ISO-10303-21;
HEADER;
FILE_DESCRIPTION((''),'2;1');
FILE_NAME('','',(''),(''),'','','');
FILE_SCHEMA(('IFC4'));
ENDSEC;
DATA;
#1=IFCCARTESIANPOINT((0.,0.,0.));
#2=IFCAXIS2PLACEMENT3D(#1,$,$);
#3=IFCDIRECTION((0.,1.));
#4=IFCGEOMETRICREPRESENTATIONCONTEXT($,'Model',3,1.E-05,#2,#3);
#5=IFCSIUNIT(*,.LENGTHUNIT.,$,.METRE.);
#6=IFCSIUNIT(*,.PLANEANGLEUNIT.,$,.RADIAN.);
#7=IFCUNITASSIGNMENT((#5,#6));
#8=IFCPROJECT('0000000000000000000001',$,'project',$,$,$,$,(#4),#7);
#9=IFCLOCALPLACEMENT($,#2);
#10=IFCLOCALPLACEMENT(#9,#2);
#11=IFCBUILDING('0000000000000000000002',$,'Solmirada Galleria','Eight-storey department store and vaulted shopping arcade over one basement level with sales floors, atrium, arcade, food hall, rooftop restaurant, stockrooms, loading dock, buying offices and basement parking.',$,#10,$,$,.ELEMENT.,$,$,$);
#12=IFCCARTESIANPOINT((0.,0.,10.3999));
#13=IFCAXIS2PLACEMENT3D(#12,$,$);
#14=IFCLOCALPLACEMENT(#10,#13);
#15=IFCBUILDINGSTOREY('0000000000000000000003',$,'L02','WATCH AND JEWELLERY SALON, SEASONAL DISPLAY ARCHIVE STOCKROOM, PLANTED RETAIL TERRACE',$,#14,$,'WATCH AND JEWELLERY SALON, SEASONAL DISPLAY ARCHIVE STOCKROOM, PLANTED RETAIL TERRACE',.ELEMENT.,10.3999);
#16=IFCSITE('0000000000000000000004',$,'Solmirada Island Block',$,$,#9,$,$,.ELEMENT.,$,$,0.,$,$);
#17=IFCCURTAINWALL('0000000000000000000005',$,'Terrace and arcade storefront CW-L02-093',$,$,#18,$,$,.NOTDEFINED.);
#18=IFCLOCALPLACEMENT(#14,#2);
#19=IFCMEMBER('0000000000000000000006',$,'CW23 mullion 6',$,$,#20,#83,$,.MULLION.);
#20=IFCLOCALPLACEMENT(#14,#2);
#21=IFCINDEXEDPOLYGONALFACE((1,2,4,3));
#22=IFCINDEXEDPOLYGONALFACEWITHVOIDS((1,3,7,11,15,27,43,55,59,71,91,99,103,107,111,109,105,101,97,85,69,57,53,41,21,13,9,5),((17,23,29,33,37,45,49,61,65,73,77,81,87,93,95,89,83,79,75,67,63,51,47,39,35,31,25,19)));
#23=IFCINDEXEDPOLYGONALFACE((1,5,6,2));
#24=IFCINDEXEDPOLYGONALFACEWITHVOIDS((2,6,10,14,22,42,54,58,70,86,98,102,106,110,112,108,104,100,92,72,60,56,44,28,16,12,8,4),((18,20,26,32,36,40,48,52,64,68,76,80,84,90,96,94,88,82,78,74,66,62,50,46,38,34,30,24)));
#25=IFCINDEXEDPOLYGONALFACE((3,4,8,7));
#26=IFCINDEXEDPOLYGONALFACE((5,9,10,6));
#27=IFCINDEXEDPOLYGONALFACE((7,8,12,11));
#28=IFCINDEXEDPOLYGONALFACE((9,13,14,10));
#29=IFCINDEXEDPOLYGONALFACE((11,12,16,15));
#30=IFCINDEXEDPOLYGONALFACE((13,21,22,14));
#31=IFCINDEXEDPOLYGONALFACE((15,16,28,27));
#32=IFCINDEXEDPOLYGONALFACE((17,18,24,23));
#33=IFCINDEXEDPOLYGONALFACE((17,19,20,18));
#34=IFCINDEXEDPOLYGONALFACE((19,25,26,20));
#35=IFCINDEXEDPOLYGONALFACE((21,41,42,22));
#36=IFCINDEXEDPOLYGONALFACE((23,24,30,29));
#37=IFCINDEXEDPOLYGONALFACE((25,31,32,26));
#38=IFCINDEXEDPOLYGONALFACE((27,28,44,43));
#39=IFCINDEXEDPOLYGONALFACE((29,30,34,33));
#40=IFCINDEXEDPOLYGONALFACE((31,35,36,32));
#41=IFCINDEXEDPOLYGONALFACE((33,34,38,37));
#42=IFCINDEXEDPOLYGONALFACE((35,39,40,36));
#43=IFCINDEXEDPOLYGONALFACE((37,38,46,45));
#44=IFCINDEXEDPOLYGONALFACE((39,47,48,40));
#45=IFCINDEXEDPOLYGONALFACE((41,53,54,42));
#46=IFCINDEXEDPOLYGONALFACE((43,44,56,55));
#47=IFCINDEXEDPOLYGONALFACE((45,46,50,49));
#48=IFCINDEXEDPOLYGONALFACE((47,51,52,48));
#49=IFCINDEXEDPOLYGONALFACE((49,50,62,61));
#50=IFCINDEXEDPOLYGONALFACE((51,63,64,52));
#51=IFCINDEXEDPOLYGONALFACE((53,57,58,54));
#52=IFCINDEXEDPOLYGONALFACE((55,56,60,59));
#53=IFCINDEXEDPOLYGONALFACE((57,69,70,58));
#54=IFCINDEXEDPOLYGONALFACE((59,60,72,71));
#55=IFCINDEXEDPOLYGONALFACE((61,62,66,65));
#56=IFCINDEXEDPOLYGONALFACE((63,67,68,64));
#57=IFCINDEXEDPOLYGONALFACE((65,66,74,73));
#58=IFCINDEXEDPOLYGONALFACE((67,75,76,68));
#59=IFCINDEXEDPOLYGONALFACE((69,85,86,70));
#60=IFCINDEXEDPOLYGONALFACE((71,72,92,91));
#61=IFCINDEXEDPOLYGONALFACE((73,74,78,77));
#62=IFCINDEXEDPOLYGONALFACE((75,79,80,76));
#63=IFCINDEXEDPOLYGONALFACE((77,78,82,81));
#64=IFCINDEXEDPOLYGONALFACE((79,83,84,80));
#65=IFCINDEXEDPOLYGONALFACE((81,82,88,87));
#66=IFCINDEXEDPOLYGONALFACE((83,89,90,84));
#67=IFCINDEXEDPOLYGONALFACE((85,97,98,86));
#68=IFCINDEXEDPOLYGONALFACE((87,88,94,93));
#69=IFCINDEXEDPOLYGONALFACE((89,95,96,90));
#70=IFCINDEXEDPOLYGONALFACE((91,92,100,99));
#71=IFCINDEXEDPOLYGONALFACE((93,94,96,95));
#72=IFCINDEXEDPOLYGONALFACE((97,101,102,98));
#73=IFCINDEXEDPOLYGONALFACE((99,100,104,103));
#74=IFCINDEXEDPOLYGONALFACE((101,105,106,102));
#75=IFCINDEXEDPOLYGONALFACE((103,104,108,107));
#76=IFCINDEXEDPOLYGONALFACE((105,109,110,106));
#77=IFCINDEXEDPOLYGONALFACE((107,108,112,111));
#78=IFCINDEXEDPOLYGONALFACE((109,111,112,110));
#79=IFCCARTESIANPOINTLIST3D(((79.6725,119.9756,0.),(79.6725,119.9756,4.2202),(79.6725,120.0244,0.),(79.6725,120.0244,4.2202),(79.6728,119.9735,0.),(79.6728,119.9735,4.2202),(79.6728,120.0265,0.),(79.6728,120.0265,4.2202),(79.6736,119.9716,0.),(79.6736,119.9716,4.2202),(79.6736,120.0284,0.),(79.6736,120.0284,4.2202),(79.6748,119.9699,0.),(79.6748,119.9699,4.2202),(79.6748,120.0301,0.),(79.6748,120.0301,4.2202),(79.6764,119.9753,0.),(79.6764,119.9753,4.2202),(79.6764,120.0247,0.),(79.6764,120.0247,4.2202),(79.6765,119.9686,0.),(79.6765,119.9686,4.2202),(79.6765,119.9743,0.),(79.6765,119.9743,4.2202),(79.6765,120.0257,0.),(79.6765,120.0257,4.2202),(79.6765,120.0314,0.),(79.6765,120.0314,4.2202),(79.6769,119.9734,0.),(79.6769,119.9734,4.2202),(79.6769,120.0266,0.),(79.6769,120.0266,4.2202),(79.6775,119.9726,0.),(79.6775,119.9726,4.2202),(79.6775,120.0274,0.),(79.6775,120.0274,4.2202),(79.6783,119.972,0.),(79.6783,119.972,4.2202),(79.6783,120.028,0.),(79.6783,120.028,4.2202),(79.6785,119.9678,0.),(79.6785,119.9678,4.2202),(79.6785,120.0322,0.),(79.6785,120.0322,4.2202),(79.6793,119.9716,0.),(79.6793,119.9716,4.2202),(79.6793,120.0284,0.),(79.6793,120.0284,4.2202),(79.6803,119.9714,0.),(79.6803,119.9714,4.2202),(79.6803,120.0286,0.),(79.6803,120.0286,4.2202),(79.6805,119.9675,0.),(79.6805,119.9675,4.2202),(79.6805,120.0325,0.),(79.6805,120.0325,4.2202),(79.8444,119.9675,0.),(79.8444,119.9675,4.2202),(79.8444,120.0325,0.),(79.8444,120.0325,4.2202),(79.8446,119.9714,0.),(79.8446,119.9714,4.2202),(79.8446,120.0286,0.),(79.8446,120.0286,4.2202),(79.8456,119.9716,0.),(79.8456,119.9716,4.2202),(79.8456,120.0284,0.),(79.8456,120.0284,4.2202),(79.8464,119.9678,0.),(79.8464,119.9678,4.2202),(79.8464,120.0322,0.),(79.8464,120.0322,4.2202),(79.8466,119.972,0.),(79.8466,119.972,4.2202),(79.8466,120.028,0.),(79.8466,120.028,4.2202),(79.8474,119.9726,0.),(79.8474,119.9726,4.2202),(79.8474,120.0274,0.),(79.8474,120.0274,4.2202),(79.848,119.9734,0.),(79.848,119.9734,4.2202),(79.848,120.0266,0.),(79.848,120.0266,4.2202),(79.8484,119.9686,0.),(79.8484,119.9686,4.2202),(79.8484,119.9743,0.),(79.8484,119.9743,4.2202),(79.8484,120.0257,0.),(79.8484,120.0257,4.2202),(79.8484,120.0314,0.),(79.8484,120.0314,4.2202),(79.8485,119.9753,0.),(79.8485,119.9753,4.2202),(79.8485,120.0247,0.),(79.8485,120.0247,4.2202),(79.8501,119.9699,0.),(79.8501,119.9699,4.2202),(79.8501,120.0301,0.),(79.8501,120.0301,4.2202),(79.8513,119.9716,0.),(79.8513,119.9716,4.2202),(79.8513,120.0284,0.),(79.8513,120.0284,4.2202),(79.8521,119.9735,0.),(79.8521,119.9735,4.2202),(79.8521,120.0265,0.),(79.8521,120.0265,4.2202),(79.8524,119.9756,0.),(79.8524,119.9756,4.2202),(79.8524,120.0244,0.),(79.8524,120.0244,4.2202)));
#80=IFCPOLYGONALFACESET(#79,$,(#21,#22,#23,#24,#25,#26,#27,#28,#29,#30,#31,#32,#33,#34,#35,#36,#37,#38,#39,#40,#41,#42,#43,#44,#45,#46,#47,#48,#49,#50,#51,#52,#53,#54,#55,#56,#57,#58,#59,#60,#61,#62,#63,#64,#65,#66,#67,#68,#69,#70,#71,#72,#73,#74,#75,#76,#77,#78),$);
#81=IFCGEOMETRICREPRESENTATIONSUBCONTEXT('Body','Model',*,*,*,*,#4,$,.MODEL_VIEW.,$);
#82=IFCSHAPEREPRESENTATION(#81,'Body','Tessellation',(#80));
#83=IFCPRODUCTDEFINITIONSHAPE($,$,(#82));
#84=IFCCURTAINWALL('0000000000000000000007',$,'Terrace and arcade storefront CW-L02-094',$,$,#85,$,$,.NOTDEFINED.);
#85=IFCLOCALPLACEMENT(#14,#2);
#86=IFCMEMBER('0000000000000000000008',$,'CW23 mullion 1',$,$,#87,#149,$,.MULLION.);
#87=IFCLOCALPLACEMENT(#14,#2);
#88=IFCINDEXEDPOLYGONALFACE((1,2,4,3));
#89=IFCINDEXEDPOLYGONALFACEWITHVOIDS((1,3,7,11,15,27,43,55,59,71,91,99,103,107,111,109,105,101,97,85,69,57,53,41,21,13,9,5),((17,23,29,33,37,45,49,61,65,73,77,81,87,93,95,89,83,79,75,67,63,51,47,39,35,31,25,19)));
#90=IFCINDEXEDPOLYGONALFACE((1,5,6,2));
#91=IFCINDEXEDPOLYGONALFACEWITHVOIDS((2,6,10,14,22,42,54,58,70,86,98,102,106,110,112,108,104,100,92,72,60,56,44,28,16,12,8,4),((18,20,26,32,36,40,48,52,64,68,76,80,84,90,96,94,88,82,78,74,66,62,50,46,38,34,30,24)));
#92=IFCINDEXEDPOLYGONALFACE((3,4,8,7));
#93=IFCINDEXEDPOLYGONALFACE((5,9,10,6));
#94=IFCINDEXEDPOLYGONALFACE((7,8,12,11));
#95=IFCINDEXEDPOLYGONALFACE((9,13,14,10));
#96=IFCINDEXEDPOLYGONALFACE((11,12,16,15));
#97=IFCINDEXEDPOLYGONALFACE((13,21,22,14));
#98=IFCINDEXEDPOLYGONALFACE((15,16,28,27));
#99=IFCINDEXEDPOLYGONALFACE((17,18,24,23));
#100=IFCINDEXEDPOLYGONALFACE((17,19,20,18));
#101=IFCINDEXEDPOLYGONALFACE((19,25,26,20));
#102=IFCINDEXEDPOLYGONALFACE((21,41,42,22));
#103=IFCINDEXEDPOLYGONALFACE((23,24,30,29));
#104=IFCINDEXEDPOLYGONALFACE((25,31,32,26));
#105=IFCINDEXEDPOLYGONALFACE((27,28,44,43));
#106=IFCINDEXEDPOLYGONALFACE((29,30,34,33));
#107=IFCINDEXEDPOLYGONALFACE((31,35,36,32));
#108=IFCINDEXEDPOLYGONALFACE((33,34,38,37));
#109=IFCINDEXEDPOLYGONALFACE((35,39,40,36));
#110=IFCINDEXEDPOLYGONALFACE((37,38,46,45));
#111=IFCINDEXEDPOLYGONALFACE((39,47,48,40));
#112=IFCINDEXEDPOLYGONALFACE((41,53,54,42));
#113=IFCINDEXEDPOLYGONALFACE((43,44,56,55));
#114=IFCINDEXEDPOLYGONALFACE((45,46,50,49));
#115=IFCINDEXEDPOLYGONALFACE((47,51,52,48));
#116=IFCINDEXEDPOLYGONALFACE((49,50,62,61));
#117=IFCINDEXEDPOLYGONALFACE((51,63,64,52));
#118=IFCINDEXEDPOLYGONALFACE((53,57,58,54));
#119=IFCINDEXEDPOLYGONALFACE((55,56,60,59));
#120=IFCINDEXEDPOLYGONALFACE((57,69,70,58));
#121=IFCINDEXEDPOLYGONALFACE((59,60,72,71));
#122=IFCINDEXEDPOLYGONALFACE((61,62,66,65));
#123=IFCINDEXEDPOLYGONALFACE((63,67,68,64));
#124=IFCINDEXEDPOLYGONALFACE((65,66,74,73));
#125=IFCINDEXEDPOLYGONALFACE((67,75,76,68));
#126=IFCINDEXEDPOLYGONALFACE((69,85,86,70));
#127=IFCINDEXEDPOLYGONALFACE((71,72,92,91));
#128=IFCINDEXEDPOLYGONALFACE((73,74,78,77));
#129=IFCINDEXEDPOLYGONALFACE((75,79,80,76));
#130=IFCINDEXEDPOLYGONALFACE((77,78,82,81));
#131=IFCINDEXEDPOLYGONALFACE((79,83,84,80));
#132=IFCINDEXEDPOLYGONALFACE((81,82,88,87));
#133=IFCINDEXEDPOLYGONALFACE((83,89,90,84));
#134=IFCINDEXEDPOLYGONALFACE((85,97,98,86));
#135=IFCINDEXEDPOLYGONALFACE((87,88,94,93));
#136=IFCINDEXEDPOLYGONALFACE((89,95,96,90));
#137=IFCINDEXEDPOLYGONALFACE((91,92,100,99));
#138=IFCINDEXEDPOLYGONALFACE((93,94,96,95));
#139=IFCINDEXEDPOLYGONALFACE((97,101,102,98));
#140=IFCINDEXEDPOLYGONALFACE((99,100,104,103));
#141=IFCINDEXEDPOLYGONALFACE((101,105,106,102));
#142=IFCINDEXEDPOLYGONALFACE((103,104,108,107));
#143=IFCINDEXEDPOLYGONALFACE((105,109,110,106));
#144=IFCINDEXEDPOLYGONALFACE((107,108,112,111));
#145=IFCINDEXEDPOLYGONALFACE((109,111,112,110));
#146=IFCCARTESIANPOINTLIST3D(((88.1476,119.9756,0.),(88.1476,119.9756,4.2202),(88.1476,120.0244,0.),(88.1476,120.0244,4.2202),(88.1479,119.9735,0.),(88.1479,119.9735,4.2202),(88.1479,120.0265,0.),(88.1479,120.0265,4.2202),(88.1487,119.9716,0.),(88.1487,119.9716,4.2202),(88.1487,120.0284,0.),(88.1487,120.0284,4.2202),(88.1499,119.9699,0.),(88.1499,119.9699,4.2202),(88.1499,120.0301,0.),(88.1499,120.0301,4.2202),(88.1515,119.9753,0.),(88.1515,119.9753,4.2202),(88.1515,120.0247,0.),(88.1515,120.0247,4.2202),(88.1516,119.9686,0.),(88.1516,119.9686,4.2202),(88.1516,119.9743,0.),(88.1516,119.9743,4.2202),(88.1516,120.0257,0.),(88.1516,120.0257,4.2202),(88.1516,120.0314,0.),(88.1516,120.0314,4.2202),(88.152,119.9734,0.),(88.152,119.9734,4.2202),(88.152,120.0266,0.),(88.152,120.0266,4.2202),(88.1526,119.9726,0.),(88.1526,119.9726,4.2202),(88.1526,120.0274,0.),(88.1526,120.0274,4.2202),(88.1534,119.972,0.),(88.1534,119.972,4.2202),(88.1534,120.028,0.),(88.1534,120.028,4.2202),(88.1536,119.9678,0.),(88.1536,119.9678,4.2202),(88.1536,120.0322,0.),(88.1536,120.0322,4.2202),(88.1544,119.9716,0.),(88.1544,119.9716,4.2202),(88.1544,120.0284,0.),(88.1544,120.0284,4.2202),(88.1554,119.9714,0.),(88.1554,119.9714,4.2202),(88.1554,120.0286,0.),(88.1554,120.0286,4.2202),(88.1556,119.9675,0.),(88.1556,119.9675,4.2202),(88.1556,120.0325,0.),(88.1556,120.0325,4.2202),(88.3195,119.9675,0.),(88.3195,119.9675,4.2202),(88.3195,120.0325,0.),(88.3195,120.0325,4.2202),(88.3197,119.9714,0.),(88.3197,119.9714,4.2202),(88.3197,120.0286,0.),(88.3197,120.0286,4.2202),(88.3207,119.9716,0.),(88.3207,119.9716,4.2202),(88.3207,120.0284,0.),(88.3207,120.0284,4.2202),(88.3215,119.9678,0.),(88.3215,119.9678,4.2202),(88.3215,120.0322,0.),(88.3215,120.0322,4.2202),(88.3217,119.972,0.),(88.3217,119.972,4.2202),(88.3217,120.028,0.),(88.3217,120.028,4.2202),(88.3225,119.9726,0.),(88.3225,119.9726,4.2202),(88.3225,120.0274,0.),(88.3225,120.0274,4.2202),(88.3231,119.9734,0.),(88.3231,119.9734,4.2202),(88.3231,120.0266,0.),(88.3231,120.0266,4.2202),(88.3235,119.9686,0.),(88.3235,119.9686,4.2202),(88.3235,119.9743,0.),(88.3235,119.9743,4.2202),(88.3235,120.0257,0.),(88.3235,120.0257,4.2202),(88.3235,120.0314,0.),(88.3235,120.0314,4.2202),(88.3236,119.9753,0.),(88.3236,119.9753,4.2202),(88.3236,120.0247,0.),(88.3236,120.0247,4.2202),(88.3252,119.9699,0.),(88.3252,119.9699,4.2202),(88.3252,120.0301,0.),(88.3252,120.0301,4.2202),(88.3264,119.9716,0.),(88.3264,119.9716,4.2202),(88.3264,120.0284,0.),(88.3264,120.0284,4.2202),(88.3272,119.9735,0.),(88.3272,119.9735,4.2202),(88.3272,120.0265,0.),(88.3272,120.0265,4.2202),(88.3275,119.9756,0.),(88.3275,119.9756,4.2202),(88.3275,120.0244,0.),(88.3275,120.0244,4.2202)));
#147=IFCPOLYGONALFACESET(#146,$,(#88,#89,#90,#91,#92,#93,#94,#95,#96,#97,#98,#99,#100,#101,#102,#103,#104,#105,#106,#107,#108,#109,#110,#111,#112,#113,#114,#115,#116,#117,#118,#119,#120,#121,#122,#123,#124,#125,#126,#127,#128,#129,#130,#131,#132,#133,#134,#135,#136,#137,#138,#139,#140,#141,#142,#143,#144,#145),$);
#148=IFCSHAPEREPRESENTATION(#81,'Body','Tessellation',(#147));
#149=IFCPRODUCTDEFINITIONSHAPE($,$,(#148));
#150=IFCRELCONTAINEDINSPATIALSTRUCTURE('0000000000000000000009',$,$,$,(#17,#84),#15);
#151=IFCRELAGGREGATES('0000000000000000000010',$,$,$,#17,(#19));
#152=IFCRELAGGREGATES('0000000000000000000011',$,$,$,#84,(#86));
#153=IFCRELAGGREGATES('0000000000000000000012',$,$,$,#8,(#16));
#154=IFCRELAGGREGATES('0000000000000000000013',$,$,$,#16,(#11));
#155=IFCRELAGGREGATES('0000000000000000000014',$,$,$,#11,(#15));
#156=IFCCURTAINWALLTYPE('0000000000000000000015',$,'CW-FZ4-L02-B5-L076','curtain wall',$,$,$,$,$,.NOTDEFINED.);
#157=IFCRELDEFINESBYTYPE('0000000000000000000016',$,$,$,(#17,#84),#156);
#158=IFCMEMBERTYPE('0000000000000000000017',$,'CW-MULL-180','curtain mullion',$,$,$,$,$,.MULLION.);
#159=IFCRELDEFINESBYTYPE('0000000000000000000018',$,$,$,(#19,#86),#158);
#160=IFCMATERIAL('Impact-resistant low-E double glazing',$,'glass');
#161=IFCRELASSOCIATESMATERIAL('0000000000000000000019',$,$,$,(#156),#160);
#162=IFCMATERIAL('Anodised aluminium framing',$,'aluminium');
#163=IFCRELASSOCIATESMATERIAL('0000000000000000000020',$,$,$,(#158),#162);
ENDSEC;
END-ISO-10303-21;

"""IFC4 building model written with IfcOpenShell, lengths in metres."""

from ifc_helpers import new_model, si_unit, direction, frame, origin, origin_2d, place, context, subcontext, project, spatial, hollow_rectangle, extrude, material, material_profile, profile_set, type_object, element, aggregate, save


model = new_model("IFC4")

# Units and contexts
model_context = context("Model", 3, precision=1e-05, world=origin(), true_north=direction((0.0, 1.0)))
body_context = subcontext(model_context, "Body", "Model", "MODEL_VIEW")
ifc_project = project(units=[si_unit("LENGTHUNIT", "METRE"), si_unit("PLANEANGLEUNIT", "RADIAN")], contexts=[model_context])

# Site, building, storey
site_placement = place(None, origin())
site = spatial("IfcSite", under=ifc_project, at=site_placement, Name="Solmirada Island Block", CompositionType="ELEMENT", RefElevation=0.0)
building_placement = place(site_placement, origin())
building = spatial("IfcBuilding", under=site, at=building_placement, Name="Solmirada Galleria", Description="Eight-storey department store and vaulted shopping arcade over one basement level with sales floors, atrium, arcade, food hall, rooftop restaurant, stockrooms, loading dock, buying offices and basement parking.", CompositionType="ELEMENT")
storey_placement = place(building_placement, frame((0.0, 0.0, 10.3999)))
storey = spatial("IfcBuildingStorey", under=building, at=storey_placement, Name="L02", Description="WATCH AND JEWELLERY SALON, SEASONAL DISPLAY ARCHIVE STOCKROOM, PLANTED RETAIL TERRACE", LongName="WATCH AND JEWELLERY SALON, SEASONAL DISPLAY ARCHIVE STOCKROOM, PLANTED RETAIL TERRACE", CompositionType="ELEMENT", Elevation=10.3999)

# Curtain walls, members
ifc_material_1 = material(Name="Impact-resistant low-E double glazing", Category="glass")
curtain_wall_type = type_object("IfcCurtainWallType", Name="CW-FZ4-L02-B5-L076", Description="curtain wall", PredefinedType="NOTDEFINED", material=ifc_material_1)
curtain_wall_1_placement = place(storey_placement, origin())
curtain_wall_1 = element("IfcCurtainWall", 1, at=curtain_wall_1_placement, inside=storey, type_object=curtain_wall_type, Name="Terrace and arcade storefront CW-L02-093", PredefinedType="NOTDEFINED")
ifc_material_2 = material(Name="Anodised aluminium framing", Category="aluminium")
ifc_material_profile_1 = material_profile(ifc_material_2, hollow_rectangle(XDim=0.0649, YDim=0.1799, WallThickness=0.0039, InnerFilletRadius=0.0039, OuterFilletRadius=0.0081, at=origin_2d()), Name="ALU-MULL-180X65")
ifc_profile_set_1 = profile_set([ifc_material_profile_1], Name="Anodised aluminium framing")
member_type_1 = type_object("IfcMemberType", Name="CW-MULL-180", Description="curtain mullion", PredefinedType="MULLION", material=ifc_profile_set_1)
member_1_placement = place(storey_placement, frame((79.7625, 120.0, 0.0), z_axis=(0.0, 0.0, 1.0), x_axis=(0.0, 1.0, 0.0)))
member_1 = element("IfcMember", 2, at=member_1_placement, type_object=member_type_1, Name="CW23 mullion 6", PredefinedType="MULLION", context=body_context, shape_type="SweptSolid", body=[
    extrude(hollow_rectangle(XDim=0.0649, YDim=0.1799, WallThickness=0.0039, InnerFilletRadius=0.0039, OuterFilletRadius=0.0081, at=origin_2d()), origin(), (0.0, 0.0, 1.0), 4.2202),
])
curtain_wall_2_placement = place(storey_placement, origin())
curtain_wall_2 = element("IfcCurtainWall", 3, at=curtain_wall_2_placement, inside=storey, type_object=curtain_wall_type, Name="Terrace and arcade storefront CW-L02-094", PredefinedType="NOTDEFINED")
member_2_placement = place(storey_placement, frame((88.2375, 120.0, 0.0), z_axis=(0.0, 0.0, 1.0), x_axis=(0.0, 1.0, 0.0)))
member_2 = element("IfcMember", 4, at=member_2_placement, type_object=member_type_1, Name="CW23 mullion 1", PredefinedType="MULLION", context=body_context, shape_type="SweptSolid", body=[
    extrude(hollow_rectangle(XDim=0.0649, YDim=0.1799, WallThickness=0.0039, InnerFilletRadius=0.0039, OuterFilletRadius=0.0081, at=origin_2d()), origin(), (0.0, 0.0, 1.0), 4.2202),
])

aggregate(curtain_wall_1, [member_1])
aggregate(curtain_wall_2, [member_2])

save(model, "model.ifc")
